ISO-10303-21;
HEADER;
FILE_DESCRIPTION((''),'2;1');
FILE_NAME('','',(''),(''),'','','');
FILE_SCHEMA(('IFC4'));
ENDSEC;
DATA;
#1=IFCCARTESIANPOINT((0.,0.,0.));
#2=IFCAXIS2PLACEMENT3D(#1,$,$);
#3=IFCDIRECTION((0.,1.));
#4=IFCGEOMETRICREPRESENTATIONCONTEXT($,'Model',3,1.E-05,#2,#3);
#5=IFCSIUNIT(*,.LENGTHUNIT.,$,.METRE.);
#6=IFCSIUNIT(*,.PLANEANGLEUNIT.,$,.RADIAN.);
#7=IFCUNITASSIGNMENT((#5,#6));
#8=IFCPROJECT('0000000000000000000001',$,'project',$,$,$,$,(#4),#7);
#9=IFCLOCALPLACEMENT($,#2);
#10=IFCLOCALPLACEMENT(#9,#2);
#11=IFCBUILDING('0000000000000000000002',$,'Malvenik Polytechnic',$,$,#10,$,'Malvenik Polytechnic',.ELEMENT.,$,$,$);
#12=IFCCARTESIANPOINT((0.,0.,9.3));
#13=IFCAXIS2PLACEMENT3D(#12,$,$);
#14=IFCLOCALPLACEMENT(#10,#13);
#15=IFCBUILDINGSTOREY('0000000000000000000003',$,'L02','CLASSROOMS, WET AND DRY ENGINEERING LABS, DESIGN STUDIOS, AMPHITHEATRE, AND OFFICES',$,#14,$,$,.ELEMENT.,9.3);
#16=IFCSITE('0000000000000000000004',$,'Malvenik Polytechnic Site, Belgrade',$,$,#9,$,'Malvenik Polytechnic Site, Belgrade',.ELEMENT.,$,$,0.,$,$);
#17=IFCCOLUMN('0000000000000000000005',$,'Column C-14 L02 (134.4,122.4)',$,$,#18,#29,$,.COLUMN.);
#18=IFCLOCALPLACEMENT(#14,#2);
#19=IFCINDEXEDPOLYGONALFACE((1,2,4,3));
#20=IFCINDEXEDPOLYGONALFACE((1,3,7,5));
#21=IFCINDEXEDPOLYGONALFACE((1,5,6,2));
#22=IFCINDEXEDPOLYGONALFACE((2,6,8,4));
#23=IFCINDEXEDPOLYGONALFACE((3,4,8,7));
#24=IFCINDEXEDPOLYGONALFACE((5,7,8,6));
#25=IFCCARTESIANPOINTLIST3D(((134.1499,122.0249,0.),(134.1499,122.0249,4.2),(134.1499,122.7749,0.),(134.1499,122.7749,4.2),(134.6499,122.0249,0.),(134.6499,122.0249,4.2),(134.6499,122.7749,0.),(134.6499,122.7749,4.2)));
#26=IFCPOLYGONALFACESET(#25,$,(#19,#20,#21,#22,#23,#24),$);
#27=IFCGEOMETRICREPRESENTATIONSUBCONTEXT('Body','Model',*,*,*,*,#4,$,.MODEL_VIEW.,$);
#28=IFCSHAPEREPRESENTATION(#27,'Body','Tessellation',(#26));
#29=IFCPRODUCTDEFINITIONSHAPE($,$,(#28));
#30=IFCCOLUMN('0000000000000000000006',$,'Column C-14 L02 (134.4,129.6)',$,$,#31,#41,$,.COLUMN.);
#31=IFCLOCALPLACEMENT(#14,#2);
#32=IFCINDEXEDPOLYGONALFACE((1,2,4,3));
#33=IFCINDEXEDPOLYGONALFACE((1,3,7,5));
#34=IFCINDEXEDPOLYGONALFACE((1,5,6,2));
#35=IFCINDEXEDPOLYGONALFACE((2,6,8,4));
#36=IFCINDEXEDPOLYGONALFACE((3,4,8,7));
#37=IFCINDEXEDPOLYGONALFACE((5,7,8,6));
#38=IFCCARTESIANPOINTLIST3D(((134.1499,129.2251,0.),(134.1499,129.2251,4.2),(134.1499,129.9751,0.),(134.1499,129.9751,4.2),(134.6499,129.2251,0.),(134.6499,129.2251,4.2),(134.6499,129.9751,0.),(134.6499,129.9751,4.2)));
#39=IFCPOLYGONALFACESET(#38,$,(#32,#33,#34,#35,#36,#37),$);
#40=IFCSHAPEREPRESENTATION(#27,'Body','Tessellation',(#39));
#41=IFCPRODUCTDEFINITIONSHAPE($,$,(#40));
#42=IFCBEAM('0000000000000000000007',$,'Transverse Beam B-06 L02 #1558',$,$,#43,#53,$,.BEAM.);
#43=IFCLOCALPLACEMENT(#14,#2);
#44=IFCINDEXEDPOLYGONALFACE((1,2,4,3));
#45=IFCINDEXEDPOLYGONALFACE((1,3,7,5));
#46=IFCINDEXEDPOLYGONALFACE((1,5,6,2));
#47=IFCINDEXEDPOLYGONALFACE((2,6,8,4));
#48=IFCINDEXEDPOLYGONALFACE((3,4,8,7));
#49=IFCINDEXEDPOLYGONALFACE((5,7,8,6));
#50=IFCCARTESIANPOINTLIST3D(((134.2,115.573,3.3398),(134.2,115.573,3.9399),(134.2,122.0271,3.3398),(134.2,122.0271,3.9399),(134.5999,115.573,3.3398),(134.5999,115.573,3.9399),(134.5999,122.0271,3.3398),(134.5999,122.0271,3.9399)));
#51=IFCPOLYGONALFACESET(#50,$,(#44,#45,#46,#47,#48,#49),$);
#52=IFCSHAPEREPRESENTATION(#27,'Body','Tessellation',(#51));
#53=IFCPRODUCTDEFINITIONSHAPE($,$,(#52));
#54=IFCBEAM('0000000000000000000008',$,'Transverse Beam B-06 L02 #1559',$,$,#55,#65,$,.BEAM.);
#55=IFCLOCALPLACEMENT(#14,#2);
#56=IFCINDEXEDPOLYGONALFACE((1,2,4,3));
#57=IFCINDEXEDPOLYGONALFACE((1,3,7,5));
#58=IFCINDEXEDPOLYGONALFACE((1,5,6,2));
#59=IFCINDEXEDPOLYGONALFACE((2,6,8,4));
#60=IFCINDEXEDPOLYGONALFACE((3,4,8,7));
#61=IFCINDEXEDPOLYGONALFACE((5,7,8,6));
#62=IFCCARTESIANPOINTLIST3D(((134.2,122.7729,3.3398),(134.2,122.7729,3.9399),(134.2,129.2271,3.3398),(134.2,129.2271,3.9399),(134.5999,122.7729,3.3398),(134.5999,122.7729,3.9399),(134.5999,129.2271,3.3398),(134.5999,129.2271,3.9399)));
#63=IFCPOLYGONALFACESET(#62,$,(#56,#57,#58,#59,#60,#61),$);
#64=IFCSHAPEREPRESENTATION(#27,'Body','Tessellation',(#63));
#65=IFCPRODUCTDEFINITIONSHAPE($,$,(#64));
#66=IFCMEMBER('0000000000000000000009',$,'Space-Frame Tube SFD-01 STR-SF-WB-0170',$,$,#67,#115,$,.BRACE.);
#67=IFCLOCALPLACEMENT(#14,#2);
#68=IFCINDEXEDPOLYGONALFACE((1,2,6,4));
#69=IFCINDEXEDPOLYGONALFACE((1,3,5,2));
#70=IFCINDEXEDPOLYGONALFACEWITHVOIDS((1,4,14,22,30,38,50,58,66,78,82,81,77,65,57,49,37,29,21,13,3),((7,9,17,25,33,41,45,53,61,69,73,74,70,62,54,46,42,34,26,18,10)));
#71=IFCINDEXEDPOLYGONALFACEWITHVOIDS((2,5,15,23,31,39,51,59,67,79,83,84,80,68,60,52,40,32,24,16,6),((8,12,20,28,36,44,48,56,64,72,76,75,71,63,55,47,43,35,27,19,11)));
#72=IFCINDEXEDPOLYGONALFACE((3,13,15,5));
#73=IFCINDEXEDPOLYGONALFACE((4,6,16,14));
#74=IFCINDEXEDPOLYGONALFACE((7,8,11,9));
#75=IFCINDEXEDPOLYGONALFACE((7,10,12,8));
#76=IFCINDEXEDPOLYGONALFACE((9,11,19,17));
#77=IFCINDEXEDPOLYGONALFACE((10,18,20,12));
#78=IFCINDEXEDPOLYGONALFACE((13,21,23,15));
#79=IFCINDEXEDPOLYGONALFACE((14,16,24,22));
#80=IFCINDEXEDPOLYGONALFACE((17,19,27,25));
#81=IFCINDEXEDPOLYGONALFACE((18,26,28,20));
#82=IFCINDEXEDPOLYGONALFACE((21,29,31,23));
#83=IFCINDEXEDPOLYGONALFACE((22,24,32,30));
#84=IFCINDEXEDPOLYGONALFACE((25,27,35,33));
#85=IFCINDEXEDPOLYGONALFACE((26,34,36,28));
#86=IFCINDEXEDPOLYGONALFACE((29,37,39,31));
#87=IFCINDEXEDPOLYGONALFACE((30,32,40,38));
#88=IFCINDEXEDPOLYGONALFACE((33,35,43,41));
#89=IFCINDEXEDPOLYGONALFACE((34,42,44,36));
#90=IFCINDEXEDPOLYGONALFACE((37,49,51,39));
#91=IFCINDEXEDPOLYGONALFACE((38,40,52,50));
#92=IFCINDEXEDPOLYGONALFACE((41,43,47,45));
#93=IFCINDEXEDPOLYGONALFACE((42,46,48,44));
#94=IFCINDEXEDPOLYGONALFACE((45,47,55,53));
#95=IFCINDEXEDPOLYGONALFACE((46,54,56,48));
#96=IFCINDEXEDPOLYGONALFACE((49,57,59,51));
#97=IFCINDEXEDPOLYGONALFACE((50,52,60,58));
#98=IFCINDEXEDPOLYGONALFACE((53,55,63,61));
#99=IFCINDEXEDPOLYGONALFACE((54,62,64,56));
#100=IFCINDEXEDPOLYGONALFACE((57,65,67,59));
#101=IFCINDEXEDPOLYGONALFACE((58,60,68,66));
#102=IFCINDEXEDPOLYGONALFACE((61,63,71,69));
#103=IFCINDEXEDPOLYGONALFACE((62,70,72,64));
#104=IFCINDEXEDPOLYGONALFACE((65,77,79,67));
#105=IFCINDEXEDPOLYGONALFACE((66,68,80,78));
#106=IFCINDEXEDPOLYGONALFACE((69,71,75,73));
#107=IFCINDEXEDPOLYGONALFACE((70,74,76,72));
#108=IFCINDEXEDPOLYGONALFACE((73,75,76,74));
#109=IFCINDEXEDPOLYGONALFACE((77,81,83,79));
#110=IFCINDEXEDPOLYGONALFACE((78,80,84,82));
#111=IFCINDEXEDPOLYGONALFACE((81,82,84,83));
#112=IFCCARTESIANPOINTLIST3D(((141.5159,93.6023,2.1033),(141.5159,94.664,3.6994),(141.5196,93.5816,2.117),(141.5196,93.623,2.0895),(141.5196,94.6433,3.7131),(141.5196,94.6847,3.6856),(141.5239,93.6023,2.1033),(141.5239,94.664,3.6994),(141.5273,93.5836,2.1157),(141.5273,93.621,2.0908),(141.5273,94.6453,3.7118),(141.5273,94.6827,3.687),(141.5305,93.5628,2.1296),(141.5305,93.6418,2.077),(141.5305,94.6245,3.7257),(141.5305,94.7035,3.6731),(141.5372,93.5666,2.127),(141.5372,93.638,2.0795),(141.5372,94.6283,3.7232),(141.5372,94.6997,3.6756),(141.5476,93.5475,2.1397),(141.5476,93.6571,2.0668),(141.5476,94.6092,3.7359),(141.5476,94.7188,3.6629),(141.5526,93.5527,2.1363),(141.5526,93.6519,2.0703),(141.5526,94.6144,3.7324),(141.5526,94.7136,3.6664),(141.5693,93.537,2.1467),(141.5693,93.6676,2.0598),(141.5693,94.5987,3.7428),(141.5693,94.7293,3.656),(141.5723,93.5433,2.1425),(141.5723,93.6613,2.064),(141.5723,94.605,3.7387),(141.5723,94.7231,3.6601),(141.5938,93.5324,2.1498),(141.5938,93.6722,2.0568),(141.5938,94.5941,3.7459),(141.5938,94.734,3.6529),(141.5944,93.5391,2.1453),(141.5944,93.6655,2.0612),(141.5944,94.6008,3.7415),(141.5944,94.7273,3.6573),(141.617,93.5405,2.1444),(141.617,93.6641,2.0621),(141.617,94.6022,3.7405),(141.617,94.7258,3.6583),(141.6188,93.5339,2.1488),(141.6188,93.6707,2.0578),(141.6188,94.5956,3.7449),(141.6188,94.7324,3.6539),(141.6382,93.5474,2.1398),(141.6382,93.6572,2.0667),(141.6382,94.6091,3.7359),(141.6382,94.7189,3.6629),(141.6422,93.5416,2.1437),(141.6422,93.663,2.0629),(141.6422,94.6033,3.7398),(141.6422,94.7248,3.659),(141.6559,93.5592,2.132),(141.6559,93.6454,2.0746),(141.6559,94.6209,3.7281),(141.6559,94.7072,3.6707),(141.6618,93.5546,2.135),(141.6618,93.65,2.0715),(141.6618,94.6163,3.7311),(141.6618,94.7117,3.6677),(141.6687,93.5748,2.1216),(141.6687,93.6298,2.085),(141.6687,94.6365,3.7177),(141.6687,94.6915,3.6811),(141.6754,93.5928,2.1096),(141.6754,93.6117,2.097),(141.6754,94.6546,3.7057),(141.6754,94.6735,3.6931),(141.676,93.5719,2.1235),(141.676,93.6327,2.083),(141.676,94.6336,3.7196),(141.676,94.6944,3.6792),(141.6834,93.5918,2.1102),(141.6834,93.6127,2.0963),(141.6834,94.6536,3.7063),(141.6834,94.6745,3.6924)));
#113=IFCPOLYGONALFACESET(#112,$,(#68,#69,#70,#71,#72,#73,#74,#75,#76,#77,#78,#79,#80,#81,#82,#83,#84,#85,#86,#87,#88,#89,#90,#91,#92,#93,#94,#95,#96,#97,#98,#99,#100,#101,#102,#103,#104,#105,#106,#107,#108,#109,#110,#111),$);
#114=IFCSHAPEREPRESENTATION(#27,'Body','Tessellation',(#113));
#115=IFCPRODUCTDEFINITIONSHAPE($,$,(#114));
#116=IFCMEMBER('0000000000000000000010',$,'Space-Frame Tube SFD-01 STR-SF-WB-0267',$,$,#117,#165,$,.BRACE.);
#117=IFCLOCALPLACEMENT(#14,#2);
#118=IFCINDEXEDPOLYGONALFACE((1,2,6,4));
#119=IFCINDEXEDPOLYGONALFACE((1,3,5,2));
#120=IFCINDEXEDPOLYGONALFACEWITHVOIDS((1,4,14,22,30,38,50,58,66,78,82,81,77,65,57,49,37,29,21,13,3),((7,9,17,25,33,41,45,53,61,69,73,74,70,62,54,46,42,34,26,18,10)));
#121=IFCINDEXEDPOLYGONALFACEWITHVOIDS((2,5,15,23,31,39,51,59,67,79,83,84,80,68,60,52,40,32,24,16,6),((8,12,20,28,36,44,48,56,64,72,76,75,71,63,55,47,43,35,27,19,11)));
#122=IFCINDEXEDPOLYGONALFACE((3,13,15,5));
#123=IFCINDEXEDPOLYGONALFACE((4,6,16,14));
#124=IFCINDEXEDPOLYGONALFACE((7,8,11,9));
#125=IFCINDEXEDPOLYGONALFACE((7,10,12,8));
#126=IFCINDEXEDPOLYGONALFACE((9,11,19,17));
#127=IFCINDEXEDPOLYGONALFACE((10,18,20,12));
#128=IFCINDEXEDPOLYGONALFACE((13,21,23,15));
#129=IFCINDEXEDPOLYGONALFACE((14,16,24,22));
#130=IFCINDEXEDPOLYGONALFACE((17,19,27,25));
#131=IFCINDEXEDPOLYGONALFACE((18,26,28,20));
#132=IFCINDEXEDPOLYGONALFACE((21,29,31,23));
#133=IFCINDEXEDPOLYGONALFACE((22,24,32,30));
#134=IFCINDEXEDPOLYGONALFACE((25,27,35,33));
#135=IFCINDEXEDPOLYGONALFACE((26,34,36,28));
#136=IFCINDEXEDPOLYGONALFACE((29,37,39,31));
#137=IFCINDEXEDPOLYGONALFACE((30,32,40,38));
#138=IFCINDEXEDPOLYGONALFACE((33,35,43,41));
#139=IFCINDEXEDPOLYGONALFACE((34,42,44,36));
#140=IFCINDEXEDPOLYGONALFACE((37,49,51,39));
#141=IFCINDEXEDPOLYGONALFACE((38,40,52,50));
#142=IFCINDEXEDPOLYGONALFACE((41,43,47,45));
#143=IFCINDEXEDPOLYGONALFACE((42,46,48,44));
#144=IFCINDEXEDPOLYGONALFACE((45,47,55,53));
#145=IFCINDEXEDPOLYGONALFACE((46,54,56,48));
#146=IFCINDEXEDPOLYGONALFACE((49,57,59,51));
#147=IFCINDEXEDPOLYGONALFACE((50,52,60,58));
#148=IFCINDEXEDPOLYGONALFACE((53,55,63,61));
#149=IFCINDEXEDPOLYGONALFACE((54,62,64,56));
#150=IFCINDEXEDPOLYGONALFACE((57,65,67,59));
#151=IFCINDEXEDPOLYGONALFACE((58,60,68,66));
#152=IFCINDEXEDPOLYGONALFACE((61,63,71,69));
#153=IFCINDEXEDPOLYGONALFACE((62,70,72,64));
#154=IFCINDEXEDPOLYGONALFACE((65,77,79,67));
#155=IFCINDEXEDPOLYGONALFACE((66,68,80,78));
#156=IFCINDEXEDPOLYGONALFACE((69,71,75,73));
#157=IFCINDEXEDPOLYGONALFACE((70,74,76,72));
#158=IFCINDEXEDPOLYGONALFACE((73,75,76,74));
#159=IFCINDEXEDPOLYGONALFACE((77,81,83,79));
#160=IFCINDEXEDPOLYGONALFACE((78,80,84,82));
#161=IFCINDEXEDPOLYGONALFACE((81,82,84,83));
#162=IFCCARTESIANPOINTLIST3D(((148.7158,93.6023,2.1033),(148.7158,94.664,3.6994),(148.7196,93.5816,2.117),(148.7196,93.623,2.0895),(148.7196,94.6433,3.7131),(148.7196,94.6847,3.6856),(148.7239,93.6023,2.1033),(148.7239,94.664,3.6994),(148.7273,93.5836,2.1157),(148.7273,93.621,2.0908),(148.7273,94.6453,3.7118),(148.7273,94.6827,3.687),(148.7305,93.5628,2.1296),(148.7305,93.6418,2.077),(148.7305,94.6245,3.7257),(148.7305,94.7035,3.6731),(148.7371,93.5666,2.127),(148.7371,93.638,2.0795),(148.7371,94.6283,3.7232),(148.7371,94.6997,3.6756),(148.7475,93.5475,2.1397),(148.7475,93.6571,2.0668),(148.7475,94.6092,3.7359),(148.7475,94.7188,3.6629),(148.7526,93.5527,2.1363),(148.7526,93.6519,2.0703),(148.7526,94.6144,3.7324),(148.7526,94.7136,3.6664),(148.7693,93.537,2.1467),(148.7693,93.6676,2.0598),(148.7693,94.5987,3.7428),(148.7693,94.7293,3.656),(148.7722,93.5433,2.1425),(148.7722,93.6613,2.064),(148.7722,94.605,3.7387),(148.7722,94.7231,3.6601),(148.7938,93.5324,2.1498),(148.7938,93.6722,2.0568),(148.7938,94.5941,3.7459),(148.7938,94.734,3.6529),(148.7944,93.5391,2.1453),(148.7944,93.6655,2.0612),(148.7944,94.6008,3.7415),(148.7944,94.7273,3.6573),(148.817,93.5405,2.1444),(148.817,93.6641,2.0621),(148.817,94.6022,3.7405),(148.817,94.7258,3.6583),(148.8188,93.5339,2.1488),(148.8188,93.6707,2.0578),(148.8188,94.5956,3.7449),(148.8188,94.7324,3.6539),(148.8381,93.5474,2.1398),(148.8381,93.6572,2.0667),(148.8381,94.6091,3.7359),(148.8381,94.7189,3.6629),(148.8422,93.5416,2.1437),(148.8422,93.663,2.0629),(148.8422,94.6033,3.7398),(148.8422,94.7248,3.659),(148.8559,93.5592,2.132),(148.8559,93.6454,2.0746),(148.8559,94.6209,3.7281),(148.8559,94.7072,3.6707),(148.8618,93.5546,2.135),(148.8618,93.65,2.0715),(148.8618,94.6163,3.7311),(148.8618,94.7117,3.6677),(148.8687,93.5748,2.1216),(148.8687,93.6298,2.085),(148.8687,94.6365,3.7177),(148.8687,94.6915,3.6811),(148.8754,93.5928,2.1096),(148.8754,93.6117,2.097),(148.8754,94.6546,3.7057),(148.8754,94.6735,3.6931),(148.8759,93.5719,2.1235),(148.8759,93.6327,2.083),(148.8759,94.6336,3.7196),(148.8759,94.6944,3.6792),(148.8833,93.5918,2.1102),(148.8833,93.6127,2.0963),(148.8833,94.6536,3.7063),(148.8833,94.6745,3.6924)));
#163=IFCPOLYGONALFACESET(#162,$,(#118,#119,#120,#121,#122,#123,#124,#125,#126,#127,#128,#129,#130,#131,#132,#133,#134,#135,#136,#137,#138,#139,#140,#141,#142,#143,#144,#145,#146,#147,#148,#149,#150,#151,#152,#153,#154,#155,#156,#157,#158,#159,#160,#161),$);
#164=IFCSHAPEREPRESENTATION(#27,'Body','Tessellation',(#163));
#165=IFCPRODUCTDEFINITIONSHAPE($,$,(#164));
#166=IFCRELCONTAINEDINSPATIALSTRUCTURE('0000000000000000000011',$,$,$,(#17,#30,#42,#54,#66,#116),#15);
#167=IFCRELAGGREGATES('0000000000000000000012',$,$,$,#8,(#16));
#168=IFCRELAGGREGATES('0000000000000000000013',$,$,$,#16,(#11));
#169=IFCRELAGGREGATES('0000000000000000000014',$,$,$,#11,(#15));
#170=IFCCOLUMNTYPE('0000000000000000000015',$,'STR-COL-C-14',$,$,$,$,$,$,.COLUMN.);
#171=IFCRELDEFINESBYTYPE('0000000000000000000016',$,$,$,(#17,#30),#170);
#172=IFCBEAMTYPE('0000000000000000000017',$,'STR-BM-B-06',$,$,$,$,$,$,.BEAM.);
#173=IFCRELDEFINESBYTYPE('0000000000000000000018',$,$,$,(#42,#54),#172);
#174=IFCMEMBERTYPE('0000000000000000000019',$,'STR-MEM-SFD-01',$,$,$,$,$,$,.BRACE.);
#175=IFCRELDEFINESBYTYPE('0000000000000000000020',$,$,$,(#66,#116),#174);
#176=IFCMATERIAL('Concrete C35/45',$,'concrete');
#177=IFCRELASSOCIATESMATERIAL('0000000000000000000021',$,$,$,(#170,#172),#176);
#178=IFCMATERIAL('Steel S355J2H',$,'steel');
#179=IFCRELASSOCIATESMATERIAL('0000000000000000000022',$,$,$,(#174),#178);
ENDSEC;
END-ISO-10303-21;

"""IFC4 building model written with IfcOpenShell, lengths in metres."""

from ifc_helpers import new_model, si_unit, direction, frame, origin, origin_2d, place, context, subcontext, project, spatial, rectangle, hollow_circle, extrude, material, material_profile, profile_set, type_object, element, save


model = new_model("IFC4")

# Units and contexts
model_context = context("Model", 3, precision=1e-05, world=origin(), true_north=direction((0.0, 1.0)))
body_context = subcontext(model_context, "Body", "Model", "MODEL_VIEW")
ifc_project = project(units=[si_unit("LENGTHUNIT", "METRE"), si_unit("PLANEANGLEUNIT", "RADIAN")], contexts=[model_context])

# Site, building, storey
site_placement = place(None, origin())
site = spatial("IfcSite", under=ifc_project, at=site_placement, Name="Malvenik Polytechnic Site, Belgrade", LongName="Malvenik Polytechnic Site, Belgrade", CompositionType="ELEMENT", RefElevation=0.0)
building_placement = place(site_placement, origin())
building = spatial("IfcBuilding", under=site, at=building_placement, Name="Malvenik Polytechnic", LongName="Malvenik Polytechnic", CompositionType="ELEMENT")
storey_placement = place(building_placement, frame((0.0, 0.0, 9.3)))
storey = spatial("IfcBuildingStorey", under=building, at=storey_placement, Name="L02", Description="CLASSROOMS, WET AND DRY ENGINEERING LABS, DESIGN STUDIOS, AMPHITHEATRE, AND OFFICES", CompositionType="ELEMENT", Elevation=9.3)

# Columns
ifc_material_1 = material(Name="Concrete C35/45", Category="concrete")
ifc_material_profile_1 = material_profile(ifc_material_1, rectangle(XDim=0.5, YDim=0.75, at=origin_2d()), Name="RC COL 750x500")
ifc_profile_set_1 = profile_set([ifc_material_profile_1], Name="Concrete C35/45")
column_type = type_object("IfcColumnType", Name="STR-COL-C-14", PredefinedType="COLUMN", material=ifc_profile_set_1)
for number, where, z_axis, x_axis, name in (
    (1, (134.3999, 122.3999, 0.0), (0.0, 0.0, 1.0), (1.0, 0.0, 0.0), "Column C-14 L02 (134.4,122.4)"),
    (2, (134.3999, 129.6001, 0.0), (0.0, 0.0, 1.0), (1.0, 0.0, 0.0), "Column C-14 L02 (134.4,129.6)"),
):
    element("IfcColumn", number, at=place(storey_placement, frame(where, z_axis=z_axis, x_axis=x_axis)), inside=storey, type_object=column_type, Name=name, PredefinedType="COLUMN", context=body_context, shape_type="SweptSolid", body=[
        extrude(rectangle(XDim=0.5, YDim=0.75, at=origin_2d()), origin(), (0.0, 0.0, 1.0), 4.2),
    ])

# Beams
ifc_material_profile_2 = material_profile(ifc_material_1, rectangle(XDim=0.3999, YDim=0.6001, at=origin_2d()), Name="RC BM 400x600")
ifc_profile_set_2 = profile_set([ifc_material_profile_2], Name="Concrete C35/45")
beam_type = type_object("IfcBeamType", Name="STR-BM-B-06", PredefinedType="BEAM", material=ifc_profile_set_2)
for number, where, z_axis, x_axis, name in (
    (3, (134.3999, 115.573, 3.6399), (0.0, 1.0, 0.0), (-1.0, 0.0, 0.0), "Transverse Beam B-06 L02 #1558"),
    (4, (134.3999, 122.7729, 3.6399), (0.0, 1.0, 0.0), (-1.0, 0.0, 0.0), "Transverse Beam B-06 L02 #1559"),
):
    element("IfcBeam", number, at=place(storey_placement, frame(where, z_axis=z_axis, x_axis=x_axis)), inside=storey, type_object=beam_type, Name=name, PredefinedType="BEAM", context=body_context, shape_type="SweptSolid", body=[
        extrude(rectangle(XDim=0.3999, YDim=0.6001, at=origin_2d()), origin(), (0.0, 0.0, 1.0), 6.4541),
    ])

# Members
ifc_material_2 = material(Name="Steel S355J2H", Category="steel")
ifc_material_profile_3 = material_profile(ifc_material_2, hollow_circle(Radius=0.0842, WallThickness=0.0081, at=origin_2d()), Name="CHS 168.3x8.0")
ifc_profile_set_3 = profile_set([ifc_material_profile_3], Name="Steel S355J2H")
member_type_1 = type_object("IfcMemberType", Name="STR-MEM-SFD-01", PredefinedType="BRACE", material=ifc_profile_set_3)
for number, where, z_axis, x_axis, name in (
    (5, (141.6001, 93.6023, 2.1033), (0.0, 0.553848, 0.832618), (-1.0, 0.0, 0.0), "Space-Frame Tube SFD-01 STR-SF-WB-0170"),
    (6, (148.8, 93.6023, 2.1033), (0.0, 0.553848, 0.832618), (-1.0, 0.0, 0.0), "Space-Frame Tube SFD-01 STR-SF-WB-0267"),
):
    element("IfcMember", number, at=place(storey_placement, frame(where, z_axis=z_axis, x_axis=x_axis)), inside=storey, type_object=member_type_1, Name=name, PredefinedType="BRACE", context=body_context, shape_type="SweptSolid", body=[
        extrude(hollow_circle(Radius=0.0842, WallThickness=0.0081, at=origin_2d()), origin(), (0.0, 0.0, 1.0), 1.917),
    ])

save(model, "model.ifc")
